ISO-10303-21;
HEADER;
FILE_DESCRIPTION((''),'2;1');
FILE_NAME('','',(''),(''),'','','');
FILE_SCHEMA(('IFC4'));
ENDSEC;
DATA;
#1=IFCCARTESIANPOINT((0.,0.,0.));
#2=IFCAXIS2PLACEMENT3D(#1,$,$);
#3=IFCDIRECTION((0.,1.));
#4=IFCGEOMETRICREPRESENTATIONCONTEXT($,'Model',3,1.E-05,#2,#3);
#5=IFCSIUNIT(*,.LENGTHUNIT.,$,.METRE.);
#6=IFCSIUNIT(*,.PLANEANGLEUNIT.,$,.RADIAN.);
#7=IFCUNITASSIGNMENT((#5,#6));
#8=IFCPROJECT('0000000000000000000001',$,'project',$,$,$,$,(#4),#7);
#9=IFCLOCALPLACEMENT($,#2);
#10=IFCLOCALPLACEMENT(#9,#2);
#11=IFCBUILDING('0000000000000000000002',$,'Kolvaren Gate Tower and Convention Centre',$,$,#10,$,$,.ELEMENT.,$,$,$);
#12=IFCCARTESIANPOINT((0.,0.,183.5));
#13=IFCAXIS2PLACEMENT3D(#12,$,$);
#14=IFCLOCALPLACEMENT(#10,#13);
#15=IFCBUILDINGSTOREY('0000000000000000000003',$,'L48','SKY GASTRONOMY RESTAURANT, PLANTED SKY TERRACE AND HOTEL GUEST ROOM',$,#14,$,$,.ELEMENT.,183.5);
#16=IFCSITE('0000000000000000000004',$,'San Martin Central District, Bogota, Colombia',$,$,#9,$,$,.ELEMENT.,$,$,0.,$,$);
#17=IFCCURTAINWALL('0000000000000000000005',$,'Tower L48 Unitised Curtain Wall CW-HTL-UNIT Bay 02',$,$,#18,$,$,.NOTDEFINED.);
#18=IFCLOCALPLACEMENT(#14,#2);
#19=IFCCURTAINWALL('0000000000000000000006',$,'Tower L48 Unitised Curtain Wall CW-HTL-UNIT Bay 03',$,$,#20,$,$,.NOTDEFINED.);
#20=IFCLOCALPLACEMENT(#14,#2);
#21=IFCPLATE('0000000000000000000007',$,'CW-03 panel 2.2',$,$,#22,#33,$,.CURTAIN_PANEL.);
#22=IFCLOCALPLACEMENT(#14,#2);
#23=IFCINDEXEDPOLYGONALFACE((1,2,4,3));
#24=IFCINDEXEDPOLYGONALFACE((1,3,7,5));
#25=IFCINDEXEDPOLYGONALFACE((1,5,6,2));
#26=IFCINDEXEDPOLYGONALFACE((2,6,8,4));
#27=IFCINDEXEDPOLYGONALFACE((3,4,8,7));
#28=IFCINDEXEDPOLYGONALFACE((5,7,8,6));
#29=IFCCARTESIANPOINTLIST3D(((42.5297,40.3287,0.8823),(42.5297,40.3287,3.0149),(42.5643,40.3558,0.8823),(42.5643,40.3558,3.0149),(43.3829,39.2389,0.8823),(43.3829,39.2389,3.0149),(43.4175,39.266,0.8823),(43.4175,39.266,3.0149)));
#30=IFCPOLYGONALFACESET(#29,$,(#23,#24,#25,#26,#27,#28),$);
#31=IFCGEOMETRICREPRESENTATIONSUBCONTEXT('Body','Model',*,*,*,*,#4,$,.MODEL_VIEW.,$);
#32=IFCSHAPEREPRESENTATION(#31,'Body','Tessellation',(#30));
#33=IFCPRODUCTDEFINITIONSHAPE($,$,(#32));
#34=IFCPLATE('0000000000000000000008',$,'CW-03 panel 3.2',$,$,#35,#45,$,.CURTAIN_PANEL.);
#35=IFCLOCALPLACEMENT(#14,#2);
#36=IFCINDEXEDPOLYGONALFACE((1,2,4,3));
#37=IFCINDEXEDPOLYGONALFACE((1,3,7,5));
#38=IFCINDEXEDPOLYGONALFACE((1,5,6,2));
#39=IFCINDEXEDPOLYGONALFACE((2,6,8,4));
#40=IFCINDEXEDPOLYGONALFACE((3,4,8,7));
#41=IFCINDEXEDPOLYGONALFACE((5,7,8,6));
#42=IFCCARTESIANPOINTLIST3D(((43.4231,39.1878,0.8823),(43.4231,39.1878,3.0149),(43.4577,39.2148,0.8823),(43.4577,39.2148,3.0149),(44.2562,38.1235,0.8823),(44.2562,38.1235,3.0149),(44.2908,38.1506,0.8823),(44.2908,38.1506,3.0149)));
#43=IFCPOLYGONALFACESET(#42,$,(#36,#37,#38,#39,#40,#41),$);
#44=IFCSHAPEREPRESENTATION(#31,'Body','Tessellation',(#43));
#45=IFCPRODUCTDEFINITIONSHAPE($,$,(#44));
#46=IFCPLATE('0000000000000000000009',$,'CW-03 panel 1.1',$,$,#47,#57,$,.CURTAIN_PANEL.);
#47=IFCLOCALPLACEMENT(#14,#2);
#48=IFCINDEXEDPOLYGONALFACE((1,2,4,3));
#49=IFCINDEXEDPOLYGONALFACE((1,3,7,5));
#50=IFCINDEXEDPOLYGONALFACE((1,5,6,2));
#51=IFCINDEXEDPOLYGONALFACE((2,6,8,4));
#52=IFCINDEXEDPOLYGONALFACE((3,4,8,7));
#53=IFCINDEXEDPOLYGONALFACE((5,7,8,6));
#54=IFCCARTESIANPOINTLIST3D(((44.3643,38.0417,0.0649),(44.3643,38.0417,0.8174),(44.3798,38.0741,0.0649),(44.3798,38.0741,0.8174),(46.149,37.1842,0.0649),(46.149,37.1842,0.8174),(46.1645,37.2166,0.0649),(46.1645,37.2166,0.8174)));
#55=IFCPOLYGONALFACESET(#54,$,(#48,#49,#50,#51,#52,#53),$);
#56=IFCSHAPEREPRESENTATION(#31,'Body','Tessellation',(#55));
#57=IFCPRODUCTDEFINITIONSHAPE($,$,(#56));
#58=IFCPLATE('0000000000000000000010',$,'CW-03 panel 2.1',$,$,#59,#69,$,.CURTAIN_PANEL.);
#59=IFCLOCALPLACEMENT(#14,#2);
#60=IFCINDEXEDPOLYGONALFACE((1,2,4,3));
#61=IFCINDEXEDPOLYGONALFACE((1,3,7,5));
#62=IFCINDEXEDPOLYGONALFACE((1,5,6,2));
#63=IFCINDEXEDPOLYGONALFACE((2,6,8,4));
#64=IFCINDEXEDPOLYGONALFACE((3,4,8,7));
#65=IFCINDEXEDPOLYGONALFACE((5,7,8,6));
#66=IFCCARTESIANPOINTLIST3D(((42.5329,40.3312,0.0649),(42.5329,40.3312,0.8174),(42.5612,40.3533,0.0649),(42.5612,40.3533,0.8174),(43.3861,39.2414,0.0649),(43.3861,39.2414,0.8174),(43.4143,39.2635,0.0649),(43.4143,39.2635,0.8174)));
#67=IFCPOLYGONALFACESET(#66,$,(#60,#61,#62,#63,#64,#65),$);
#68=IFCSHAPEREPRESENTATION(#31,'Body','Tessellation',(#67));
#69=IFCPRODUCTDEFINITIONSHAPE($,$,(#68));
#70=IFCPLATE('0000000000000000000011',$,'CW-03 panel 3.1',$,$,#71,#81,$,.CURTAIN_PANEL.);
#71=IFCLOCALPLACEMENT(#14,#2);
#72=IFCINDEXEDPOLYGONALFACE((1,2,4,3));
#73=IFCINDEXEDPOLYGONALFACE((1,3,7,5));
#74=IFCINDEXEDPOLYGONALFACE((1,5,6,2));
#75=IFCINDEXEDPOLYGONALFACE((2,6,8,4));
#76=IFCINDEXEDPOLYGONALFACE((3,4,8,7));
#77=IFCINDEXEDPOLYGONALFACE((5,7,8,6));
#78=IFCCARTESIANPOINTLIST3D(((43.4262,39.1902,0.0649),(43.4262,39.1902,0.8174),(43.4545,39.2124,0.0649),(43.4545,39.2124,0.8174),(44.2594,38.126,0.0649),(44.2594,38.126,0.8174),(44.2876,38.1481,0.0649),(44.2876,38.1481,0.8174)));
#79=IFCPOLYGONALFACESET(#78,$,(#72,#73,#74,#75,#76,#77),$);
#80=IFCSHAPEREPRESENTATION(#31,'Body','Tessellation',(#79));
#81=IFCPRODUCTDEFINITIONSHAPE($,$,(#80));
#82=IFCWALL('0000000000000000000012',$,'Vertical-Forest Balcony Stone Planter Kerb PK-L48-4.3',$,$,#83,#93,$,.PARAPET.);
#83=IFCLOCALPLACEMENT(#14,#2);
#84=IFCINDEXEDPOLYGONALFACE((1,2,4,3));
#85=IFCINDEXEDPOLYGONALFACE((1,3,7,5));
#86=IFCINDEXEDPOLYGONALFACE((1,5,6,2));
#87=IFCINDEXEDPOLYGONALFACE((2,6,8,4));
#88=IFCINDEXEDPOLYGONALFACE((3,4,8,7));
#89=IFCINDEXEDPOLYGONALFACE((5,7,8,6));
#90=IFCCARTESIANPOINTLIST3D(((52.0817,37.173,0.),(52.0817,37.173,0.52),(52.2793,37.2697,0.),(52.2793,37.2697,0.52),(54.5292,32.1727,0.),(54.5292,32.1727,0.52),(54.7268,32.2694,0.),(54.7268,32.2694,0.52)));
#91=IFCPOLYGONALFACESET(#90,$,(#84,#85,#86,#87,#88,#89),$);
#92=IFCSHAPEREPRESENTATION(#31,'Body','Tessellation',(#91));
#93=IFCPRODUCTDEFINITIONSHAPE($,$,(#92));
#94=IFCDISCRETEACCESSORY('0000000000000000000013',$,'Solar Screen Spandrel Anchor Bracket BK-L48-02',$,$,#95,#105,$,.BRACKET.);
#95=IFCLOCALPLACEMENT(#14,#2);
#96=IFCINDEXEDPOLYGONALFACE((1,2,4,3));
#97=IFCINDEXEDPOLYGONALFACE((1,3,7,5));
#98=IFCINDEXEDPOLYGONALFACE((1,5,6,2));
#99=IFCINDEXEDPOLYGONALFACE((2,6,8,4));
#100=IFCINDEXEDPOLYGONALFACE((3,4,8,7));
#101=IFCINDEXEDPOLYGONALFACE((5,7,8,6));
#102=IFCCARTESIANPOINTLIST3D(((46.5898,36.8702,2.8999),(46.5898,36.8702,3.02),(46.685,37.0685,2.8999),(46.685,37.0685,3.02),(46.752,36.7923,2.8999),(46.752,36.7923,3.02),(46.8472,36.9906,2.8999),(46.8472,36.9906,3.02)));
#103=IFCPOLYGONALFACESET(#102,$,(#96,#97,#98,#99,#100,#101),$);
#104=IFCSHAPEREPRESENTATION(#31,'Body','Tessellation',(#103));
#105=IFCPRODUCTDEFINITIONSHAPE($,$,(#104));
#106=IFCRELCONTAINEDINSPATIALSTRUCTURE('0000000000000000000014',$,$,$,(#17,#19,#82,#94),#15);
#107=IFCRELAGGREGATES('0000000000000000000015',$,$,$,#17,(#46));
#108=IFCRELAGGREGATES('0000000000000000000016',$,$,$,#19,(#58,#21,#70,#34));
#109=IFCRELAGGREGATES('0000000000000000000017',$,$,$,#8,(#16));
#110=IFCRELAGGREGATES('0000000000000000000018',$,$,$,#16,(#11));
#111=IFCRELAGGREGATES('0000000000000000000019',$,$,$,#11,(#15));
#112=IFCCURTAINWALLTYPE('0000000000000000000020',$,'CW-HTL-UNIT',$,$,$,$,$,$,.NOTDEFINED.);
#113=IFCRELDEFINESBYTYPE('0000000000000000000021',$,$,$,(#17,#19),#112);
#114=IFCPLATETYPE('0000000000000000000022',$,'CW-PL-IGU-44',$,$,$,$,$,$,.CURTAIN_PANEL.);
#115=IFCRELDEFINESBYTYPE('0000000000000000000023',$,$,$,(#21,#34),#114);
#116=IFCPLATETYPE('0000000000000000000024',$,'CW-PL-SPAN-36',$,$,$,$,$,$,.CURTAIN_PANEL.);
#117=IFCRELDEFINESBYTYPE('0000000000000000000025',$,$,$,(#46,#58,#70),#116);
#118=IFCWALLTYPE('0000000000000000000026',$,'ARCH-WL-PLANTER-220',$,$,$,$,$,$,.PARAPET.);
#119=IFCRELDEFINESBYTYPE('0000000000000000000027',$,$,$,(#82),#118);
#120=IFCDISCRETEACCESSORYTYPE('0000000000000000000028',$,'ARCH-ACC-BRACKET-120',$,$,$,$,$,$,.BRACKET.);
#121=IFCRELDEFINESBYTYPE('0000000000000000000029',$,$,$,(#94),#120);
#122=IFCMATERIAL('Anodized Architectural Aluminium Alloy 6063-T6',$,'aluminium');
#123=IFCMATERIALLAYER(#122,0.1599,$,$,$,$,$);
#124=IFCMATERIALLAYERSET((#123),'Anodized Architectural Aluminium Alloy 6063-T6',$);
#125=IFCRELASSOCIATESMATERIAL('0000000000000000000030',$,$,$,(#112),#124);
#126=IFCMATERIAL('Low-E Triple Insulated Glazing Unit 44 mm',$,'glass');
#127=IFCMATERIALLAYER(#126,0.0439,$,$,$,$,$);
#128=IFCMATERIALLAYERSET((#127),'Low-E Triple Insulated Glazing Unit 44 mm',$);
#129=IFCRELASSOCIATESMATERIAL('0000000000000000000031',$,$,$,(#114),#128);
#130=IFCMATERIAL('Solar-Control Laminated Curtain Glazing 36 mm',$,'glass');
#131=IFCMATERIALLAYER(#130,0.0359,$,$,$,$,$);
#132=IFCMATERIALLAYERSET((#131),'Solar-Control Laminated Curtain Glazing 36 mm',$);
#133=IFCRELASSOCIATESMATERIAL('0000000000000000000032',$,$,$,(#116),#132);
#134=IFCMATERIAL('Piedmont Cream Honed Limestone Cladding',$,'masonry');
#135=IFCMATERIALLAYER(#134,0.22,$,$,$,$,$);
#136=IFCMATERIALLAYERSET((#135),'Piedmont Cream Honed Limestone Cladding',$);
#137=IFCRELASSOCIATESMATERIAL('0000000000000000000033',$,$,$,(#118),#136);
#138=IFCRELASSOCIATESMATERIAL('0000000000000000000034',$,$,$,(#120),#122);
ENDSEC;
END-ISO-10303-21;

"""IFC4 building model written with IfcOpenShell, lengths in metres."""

from ifc_helpers import new_model, si_unit, direction, frame, frame_2d, origin, origin_2d, place, context, subcontext, project, spatial, rectangle, extrude, material, layer, layer_set, type_object, element, aggregate, save


model = new_model("IFC4")

# Units and contexts
model_context = context("Model", 3, precision=1e-05, world=origin(), true_north=direction((0.0, 1.0)))
body_context = subcontext(model_context, "Body", "Model", "MODEL_VIEW")
ifc_project = project(units=[si_unit("LENGTHUNIT", "METRE"), si_unit("PLANEANGLEUNIT", "RADIAN")], contexts=[model_context])

# Site, building, storey
site_placement = place(None, origin())
site = spatial("IfcSite", under=ifc_project, at=site_placement, Name="San Martin Central District, Bogota, Colombia", CompositionType="ELEMENT", RefElevation=0.0)
building_placement = place(site_placement, origin())
building = spatial("IfcBuilding", under=site, at=building_placement, Name="Kolvaren Gate Tower and Convention Centre", CompositionType="ELEMENT")
storey_placement = place(building_placement, frame((0.0, 0.0, 183.5)))
storey = spatial("IfcBuildingStorey", under=building, at=storey_placement, Name="L48", Description="SKY GASTRONOMY RESTAURANT, PLANTED SKY TERRACE AND HOTEL GUEST ROOM", CompositionType="ELEMENT", Elevation=183.5)

# Curtain walls
ifc_material_1 = material(Name="Anodized Architectural Aluminium Alloy 6063-T6", Category="aluminium")
ifc_layer_1 = layer(ifc_material_1, 0.1599)
ifc_layer_set_1 = layer_set([ifc_layer_1], Name="Anodized Architectural Aluminium Alloy 6063-T6")
curtain_wall_type = type_object("IfcCurtainWallType", Name="CW-HTL-UNIT", PredefinedType="NOTDEFINED", material=ifc_layer_set_1)
curtain_wall_1_placement = place(storey_placement, origin())
curtain_wall_1 = element("IfcCurtainWall", 1, at=curtain_wall_1_placement, inside=storey, type_object=curtain_wall_type, Name="Tower L48 Unitised Curtain Wall CW-HTL-UNIT Bay 02", PredefinedType="NOTDEFINED")
curtain_wall_2_placement = place(storey_placement, origin())
curtain_wall_2 = element("IfcCurtainWall", 2, at=curtain_wall_2_placement, inside=storey, type_object=curtain_wall_type, Name="Tower L48 Unitised Curtain Wall CW-HTL-UNIT Bay 03", PredefinedType="NOTDEFINED")

# Plates
ifc_material_2 = material(Name="Low-E Triple Insulated Glazing Unit 44 mm", Category="glass")
ifc_layer_2 = layer(ifc_material_2, 0.0439)
ifc_layer_set_2 = layer_set([ifc_layer_2], Name="Low-E Triple Insulated Glazing Unit 44 mm")
plate_type_1 = type_object("IfcPlateType", Name="CW-PL-IGU-44", PredefinedType="CURTAIN_PANEL", material=ifc_layer_set_2)
plate_1_placement = place(storey_placement, frame((42.9736, 39.7974, 0.8823), z_axis=(0.0, 0.0, 1.0), x_axis=(0.616438, -0.787404, 0.0)))
plate_1 = element("IfcPlate", 3, at=plate_1_placement, type_object=plate_type_1, Name="CW-03 panel 2.2", PredefinedType="CURTAIN_PANEL", context=body_context, shape_type="SweptSolid", body=[
    extrude(rectangle(XDim=1.384, YDim=0.0439, at=origin_2d()), origin(), (0.0, 0.0, 1.0), 2.1326),
])
plate_2_placement = place(storey_placement, frame((43.8569, 38.6692, 0.8823), z_axis=(0.0, 0.0, 1.0), x_axis=(0.616438, -0.787404, 0.0)))
plate_2 = element("IfcPlate", 4, at=plate_2_placement, type_object=plate_type_1, Name="CW-03 panel 3.2", PredefinedType="CURTAIN_PANEL", context=body_context, shape_type="SweptSolid", body=[
    extrude(rectangle(XDim=1.3516, YDim=0.0439, at=origin_2d()), origin(), (0.0, 0.0, 1.0), 2.1326),
])
ifc_material_3 = material(Name="Solar-Control Laminated Curtain Glazing 36 mm", Category="glass")
ifc_layer_3 = layer(ifc_material_3, 0.0359)
ifc_layer_set_3 = layer_set([ifc_layer_3], Name="Solar-Control Laminated Curtain Glazing 36 mm")
plate_type_2 = type_object("IfcPlateType", Name="CW-PL-SPAN-36", PredefinedType="CURTAIN_PANEL", material=ifc_layer_set_3)
plate_3_placement = place(storey_placement, frame((45.2644, 37.6292, 0.0649), z_axis=(0.0, 0.0, 1.0), x_axis=(0.901358, -0.433074, 0.0)))
plate_3 = element("IfcPlate", 5, at=plate_3_placement, type_object=plate_type_2, Name="CW-03 panel 1.1", PredefinedType="CURTAIN_PANEL", context=body_context, shape_type="SweptSolid", body=[
    extrude(rectangle(XDim=1.98, YDim=0.0359, at=origin_2d()), origin(), (0.0, 0.0, 1.0), 0.7524),
])
aggregate(curtain_wall_1, [plate_3])
plate_4_placement = place(storey_placement, frame((42.9736, 39.7974, 0.0649), z_axis=(0.0, 0.0, 1.0), x_axis=(0.616438, -0.787404, 0.0)))
plate_4 = element("IfcPlate", 6, at=plate_4_placement, type_object=plate_type_2, Name="CW-03 panel 2.1", PredefinedType="CURTAIN_PANEL", context=body_context, shape_type="SweptSolid", body=[
    extrude(rectangle(XDim=1.384, YDim=0.0359, at=origin_2d()), origin(), (0.0, 0.0, 1.0), 0.7524),
])
plate_5_placement = place(storey_placement, frame((43.8569, 38.6692, 0.0649), z_axis=(0.0, 0.0, 1.0), x_axis=(0.616438, -0.787404, 0.0)))
plate_5 = element("IfcPlate", 7, at=plate_5_placement, type_object=plate_type_2, Name="CW-03 panel 3.1", PredefinedType="CURTAIN_PANEL", context=body_context, shape_type="SweptSolid", body=[
    extrude(rectangle(XDim=1.3516, YDim=0.0359, at=origin_2d()), origin(), (0.0, 0.0, 1.0), 0.7524),
])
aggregate(curtain_wall_2, [plate_4, plate_1, plate_5, plate_2])

# Wall
ifc_material_4 = material(Name="Piedmont Cream Honed Limestone Cladding", Category="masonry")
ifc_layer_4 = layer(ifc_material_4, 0.22)
ifc_layer_set_4 = layer_set([ifc_layer_4], Name="Piedmont Cream Honed Limestone Cladding")
wall_type = type_object("IfcWallType", Name="ARCH-WL-PLANTER-220", PredefinedType="PARAPET", material=ifc_layer_set_4)
wall_placement = place(storey_placement, frame((52.1804, 37.2214, 0.0), z_axis=(0.0, 0.0, 1.0), x_axis=(0.439637, -0.898175, 0.0)))
element("IfcWall", 8, at=wall_placement, inside=storey, type_object=wall_type, Name="Vertical-Forest Balcony Stone Planter Kerb PK-L48-4.3", PredefinedType="PARAPET", context=body_context, shape_type="SweptSolid", body=[
    extrude(rectangle(XDim=5.5671, YDim=0.22, at=frame_2d((2.7837, 0.0))), origin(), (0.0, 0.0, 1.0), 0.52),
])

# Discrete accessory
discrete_accessory_type = type_object("IfcDiscreteAccessoryType", Name="ARCH-ACC-BRACKET-120", PredefinedType="BRACKET", material=ifc_material_1)
discrete_accessory_placement = place(storey_placement, frame((46.7185, 36.9304, 2.8999), z_axis=(0.0, 0.0, 1.0), x_axis=(0.901358, -0.433074, 0.0)))
element("IfcDiscreteAccessory", 9, at=discrete_accessory_placement, inside=storey, type_object=discrete_accessory_type, Name="Solar Screen Spandrel Anchor Bracket BK-L48-02", PredefinedType="BRACKET", context=body_context, shape_type="SweptSolid", body=[
    extrude(rectangle(XDim=0.1799, YDim=0.22, at=origin_2d()), origin(), (0.0, 0.0, 1.0), 0.1201),
])

save(model, "model.ifc")
